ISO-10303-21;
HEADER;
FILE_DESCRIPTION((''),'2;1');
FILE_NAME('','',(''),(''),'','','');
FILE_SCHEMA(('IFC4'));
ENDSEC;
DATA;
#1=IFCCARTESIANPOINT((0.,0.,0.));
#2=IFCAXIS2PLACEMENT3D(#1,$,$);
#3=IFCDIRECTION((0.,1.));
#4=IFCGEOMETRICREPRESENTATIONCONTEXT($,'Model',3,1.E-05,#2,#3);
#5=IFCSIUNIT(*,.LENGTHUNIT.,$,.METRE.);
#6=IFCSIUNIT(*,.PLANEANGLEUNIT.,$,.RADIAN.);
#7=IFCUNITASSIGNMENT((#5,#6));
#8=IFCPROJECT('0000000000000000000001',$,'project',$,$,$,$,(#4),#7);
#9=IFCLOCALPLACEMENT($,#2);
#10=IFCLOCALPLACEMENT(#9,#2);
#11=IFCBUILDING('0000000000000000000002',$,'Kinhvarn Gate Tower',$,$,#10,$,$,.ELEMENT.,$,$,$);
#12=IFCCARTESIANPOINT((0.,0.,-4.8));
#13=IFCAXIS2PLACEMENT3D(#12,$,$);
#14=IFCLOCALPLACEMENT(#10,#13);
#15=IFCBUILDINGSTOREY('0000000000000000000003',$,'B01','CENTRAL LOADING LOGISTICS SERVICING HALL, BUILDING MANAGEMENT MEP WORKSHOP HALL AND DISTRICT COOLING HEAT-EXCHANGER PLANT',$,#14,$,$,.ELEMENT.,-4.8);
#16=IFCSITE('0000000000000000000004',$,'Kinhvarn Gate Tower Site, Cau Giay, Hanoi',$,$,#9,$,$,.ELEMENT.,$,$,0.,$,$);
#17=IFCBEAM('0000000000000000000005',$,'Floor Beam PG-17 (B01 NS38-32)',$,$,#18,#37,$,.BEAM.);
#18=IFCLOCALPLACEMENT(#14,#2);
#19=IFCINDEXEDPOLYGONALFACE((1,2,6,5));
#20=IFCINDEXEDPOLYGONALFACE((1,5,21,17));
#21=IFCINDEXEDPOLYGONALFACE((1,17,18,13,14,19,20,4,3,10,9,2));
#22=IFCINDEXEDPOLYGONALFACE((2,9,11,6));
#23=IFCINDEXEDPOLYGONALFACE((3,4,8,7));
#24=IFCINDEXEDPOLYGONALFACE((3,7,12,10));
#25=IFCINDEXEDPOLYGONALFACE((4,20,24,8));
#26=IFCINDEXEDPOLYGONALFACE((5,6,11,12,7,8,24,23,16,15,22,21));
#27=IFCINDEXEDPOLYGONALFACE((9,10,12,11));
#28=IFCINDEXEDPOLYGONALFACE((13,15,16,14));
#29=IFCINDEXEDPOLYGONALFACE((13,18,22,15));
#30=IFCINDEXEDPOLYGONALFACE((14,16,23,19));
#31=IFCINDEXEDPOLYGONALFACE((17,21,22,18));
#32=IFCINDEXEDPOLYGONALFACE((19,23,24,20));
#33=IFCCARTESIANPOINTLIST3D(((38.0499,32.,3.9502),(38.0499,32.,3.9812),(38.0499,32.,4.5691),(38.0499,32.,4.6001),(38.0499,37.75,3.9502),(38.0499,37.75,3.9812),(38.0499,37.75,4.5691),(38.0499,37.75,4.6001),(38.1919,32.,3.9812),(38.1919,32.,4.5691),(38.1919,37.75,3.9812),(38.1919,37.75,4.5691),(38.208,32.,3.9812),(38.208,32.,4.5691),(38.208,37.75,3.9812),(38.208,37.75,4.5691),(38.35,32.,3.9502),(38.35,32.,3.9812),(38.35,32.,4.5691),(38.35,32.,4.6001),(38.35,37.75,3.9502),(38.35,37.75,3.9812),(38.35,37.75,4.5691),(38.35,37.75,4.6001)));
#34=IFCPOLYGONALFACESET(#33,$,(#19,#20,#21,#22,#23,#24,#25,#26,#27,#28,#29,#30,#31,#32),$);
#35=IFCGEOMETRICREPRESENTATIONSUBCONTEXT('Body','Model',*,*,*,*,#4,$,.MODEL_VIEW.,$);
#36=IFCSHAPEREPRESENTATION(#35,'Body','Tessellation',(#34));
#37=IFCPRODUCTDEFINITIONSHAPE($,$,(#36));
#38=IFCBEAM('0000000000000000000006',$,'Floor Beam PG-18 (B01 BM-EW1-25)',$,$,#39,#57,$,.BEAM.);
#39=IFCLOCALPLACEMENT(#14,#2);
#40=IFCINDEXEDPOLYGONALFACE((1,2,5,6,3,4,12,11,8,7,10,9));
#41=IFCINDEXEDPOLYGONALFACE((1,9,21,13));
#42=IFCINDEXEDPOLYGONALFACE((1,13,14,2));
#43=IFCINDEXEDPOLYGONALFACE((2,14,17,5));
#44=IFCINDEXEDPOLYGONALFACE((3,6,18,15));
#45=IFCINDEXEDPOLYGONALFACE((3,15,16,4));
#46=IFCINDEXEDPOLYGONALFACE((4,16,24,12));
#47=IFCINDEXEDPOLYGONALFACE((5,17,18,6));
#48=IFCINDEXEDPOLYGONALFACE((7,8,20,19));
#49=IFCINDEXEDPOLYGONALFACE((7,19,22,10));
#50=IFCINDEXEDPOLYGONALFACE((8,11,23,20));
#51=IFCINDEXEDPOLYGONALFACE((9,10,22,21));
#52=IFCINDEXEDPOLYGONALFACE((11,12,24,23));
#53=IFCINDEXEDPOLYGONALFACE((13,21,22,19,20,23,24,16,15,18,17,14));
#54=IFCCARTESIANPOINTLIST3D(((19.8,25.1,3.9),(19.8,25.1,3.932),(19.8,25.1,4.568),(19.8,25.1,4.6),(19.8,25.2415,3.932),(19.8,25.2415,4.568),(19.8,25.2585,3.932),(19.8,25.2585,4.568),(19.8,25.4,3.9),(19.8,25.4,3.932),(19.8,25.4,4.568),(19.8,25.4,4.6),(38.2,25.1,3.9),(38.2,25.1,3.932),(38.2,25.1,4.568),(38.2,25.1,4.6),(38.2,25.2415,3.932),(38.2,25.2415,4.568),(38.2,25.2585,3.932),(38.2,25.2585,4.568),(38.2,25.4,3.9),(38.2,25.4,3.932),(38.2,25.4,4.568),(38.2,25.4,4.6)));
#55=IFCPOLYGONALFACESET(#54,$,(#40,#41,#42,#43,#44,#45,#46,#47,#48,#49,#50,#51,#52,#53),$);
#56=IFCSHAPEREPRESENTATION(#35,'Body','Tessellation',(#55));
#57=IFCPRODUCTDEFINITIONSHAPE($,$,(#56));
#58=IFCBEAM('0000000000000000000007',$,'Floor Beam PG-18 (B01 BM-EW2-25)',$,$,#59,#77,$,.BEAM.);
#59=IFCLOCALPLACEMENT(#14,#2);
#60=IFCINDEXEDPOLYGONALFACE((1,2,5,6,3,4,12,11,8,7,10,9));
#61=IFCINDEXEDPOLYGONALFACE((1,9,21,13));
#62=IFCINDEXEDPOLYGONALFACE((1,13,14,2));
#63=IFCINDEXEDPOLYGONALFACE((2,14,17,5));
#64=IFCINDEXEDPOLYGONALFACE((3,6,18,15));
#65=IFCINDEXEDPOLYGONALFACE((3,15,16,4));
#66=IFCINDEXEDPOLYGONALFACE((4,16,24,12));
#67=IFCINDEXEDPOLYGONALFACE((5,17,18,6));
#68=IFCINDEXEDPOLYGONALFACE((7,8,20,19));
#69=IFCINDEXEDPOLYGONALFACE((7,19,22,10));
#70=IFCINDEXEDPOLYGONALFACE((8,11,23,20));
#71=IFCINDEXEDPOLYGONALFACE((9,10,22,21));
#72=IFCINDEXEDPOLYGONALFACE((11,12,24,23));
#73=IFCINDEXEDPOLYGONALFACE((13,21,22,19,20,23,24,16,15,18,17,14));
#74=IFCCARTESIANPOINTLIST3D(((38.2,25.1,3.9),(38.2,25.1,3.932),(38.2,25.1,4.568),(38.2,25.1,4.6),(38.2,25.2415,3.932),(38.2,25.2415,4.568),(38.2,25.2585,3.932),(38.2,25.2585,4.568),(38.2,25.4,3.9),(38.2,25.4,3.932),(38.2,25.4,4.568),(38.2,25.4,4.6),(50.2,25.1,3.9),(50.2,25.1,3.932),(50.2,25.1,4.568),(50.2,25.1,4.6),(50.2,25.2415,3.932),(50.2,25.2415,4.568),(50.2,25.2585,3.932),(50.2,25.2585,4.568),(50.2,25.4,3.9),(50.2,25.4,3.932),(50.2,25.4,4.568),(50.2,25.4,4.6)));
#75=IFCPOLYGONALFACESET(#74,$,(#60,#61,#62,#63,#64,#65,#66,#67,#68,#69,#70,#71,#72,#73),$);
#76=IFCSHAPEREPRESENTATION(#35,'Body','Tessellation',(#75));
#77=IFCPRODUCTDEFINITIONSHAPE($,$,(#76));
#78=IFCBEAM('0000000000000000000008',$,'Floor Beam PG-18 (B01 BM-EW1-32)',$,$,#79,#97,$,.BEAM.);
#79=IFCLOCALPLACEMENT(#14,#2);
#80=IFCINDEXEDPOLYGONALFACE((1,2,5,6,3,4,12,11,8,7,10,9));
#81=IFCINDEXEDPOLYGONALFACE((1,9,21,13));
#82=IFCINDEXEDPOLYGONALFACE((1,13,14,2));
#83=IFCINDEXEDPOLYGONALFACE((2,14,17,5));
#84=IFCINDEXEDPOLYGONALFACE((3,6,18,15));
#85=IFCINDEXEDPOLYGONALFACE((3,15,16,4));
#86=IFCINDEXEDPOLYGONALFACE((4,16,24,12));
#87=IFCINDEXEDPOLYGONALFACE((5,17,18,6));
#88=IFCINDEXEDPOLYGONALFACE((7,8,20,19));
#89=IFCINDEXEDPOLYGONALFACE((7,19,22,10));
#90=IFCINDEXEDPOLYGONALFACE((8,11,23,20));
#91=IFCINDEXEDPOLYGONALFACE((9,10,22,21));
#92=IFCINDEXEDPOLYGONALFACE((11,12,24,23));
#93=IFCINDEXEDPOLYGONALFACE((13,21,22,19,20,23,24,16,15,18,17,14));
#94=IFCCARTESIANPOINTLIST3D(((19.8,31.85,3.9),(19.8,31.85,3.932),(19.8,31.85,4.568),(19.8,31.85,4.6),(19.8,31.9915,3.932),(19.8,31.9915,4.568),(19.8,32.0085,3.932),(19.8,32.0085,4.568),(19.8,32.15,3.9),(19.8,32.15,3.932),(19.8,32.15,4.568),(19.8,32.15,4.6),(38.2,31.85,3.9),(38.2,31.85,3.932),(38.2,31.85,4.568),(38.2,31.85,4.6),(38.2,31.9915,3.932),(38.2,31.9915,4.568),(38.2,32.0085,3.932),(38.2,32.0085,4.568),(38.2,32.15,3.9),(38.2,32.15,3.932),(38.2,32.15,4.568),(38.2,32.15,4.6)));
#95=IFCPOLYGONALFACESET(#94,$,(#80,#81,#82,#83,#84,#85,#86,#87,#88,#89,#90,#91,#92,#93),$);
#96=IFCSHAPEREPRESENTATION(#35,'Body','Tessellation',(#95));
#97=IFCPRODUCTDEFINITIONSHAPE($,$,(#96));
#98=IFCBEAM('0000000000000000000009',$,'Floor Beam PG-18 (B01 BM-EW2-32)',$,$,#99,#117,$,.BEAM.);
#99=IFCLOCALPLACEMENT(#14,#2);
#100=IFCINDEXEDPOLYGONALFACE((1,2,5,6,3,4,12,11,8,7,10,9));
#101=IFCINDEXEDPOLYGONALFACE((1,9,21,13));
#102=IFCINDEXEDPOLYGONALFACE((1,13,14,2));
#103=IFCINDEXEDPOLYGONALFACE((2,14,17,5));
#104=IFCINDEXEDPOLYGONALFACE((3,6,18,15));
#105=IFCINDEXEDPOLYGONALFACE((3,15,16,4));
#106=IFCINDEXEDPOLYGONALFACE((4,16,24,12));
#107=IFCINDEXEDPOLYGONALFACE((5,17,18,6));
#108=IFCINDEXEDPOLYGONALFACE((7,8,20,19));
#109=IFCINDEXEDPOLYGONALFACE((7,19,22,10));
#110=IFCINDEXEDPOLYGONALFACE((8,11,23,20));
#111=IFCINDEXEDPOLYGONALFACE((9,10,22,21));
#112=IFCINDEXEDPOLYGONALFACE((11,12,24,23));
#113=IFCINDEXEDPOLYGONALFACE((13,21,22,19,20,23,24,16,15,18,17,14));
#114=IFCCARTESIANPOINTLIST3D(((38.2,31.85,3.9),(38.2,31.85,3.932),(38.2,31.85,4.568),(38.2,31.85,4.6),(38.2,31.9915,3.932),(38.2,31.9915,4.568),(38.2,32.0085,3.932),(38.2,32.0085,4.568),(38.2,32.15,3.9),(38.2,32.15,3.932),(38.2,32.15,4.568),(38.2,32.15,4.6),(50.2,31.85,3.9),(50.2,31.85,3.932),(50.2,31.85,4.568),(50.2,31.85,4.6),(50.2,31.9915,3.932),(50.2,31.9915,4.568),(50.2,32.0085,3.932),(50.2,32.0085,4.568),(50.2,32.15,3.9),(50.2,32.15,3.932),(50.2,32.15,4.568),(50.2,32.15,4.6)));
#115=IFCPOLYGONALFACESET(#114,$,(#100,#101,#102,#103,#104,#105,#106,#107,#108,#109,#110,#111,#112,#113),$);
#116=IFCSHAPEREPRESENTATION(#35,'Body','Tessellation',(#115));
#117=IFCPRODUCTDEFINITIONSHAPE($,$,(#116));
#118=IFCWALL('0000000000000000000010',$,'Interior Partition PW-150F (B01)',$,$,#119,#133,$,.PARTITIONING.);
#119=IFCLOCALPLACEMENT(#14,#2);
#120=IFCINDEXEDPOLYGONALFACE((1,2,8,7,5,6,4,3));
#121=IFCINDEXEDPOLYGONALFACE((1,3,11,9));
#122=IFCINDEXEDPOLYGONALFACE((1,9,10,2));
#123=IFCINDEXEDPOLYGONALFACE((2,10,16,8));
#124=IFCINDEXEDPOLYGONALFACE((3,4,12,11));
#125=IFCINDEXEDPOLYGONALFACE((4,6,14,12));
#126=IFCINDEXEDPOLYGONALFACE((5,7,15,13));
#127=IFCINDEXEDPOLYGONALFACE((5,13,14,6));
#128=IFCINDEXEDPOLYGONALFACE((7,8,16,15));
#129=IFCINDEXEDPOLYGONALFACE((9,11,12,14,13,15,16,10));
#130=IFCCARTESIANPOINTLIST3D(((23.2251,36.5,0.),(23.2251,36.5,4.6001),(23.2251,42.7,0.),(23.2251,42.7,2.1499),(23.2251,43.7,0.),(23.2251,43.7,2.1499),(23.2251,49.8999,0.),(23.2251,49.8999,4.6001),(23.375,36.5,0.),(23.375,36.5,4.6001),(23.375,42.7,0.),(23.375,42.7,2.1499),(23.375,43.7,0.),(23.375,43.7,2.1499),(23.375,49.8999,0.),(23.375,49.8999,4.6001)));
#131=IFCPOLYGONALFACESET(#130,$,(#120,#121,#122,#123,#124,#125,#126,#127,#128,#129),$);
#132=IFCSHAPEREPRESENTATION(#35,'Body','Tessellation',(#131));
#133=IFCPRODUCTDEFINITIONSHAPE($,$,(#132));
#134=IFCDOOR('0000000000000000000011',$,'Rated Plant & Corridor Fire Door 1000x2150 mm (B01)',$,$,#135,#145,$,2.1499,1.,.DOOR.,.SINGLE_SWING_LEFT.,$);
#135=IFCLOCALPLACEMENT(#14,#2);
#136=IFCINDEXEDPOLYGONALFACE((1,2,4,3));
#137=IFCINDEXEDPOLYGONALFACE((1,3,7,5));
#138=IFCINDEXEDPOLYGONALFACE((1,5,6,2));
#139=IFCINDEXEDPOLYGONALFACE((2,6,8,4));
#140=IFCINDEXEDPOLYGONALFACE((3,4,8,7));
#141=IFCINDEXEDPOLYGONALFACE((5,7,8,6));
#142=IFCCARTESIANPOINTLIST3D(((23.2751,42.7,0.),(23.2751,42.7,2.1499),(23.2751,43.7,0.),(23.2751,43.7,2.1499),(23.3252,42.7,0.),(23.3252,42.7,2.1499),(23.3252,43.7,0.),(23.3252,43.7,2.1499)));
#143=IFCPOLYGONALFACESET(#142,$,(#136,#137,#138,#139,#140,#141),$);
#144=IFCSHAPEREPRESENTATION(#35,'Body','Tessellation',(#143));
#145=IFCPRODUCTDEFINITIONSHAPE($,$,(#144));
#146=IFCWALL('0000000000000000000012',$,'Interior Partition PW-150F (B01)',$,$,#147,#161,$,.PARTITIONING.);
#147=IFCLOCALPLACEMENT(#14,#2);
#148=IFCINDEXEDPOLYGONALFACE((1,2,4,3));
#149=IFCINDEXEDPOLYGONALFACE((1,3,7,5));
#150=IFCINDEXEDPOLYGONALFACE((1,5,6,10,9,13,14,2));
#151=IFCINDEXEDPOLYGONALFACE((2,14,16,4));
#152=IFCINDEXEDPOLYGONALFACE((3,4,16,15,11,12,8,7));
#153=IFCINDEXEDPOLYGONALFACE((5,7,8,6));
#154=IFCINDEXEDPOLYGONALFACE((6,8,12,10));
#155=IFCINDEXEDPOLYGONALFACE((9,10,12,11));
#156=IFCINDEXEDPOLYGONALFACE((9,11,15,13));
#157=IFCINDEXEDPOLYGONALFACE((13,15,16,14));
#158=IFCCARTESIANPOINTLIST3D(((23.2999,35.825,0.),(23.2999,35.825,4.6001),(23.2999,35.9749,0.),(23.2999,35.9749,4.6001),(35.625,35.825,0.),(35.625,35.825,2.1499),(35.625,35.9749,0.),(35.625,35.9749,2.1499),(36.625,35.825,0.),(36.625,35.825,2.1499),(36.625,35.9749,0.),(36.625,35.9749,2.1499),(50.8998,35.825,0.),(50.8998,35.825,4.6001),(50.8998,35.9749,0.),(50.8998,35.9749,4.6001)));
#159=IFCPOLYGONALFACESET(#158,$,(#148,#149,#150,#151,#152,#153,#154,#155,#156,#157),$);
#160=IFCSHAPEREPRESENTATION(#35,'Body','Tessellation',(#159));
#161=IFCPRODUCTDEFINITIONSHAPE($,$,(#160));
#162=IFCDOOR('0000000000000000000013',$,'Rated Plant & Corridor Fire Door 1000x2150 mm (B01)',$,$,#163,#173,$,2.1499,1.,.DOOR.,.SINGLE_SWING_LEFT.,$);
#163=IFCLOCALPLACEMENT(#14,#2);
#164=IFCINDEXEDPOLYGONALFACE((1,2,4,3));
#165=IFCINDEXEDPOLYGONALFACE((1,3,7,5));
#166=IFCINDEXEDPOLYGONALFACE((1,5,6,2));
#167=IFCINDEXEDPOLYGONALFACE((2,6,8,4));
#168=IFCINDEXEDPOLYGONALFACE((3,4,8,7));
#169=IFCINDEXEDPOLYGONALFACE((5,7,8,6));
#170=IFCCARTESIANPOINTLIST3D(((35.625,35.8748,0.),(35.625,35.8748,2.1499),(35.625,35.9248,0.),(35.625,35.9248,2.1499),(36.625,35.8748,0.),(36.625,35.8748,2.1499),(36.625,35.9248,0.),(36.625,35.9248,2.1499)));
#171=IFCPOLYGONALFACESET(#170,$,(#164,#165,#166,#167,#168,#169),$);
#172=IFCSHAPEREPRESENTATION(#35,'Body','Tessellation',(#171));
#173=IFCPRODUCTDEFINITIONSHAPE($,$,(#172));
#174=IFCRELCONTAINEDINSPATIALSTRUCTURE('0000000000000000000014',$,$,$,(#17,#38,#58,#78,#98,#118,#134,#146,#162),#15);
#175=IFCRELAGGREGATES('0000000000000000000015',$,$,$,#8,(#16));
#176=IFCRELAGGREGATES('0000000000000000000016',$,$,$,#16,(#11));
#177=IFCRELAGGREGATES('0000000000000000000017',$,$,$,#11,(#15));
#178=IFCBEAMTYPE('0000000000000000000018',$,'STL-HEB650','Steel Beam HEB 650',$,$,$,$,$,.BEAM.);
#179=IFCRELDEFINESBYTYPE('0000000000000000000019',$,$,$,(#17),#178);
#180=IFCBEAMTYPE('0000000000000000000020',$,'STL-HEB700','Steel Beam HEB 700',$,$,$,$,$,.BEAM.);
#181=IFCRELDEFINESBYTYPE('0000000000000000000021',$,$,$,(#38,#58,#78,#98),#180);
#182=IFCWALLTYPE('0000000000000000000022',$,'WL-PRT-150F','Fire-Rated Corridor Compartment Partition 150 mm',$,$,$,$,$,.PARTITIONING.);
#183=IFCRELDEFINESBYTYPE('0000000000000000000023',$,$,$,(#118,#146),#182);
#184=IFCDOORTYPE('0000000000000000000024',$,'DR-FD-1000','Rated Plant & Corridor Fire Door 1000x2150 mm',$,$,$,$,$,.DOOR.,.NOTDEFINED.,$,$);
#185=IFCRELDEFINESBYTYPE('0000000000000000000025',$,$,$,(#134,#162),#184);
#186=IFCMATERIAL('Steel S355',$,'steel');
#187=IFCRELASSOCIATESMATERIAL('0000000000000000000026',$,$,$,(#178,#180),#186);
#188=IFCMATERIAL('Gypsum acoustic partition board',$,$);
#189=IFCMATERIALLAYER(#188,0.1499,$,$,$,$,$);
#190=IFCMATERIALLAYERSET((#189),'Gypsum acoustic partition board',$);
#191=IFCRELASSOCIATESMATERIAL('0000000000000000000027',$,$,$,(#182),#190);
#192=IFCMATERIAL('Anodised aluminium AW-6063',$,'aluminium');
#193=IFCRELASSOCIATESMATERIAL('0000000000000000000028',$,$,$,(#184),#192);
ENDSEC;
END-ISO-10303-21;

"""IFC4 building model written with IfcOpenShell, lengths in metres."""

from ifc_helpers import new_model, si_unit, direction, frame, frame_2d, origin, origin_2d, place, context, subcontext, project, spatial, rectangle, i_section, extrude, material, layer, layer_set, material_profile, profile_set, type_object, element, fill, save


model = new_model("IFC4")

# Units and contexts
model_context = context("Model", 3, precision=1e-05, world=origin(), true_north=direction((0.0, 1.0)))
body_context = subcontext(model_context, "Body", "Model", "MODEL_VIEW")
ifc_project = project(units=[si_unit("LENGTHUNIT", "METRE"), si_unit("PLANEANGLEUNIT", "RADIAN")], contexts=[model_context])

# Site, building, storey
site_placement = place(None, origin())
site = spatial("IfcSite", under=ifc_project, at=site_placement, Name="Kinhvarn Gate Tower Site, Cau Giay, Hanoi", CompositionType="ELEMENT", RefElevation=0.0)
building_placement = place(site_placement, origin())
building = spatial("IfcBuilding", under=site, at=building_placement, Name="Kinhvarn Gate Tower", CompositionType="ELEMENT")
storey_placement = place(building_placement, frame((0.0, 0.0, -4.8)))
storey = spatial("IfcBuildingStorey", under=building, at=storey_placement, Name="B01", Description="CENTRAL LOADING LOGISTICS SERVICING HALL, BUILDING MANAGEMENT MEP WORKSHOP HALL AND DISTRICT COOLING HEAT-EXCHANGER PLANT", CompositionType="ELEMENT", Elevation=-4.8)

# Beams
ifc_material_1 = material(Name="Steel S355", Category="steel")
ifc_material_profile_1 = material_profile(ifc_material_1, i_section(OverallWidth=0.3, OverallDepth=0.6499, WebThickness=0.0161, FlangeThickness=0.031, at=origin_2d()), Name="HEB 650")
ifc_profile_set_1 = profile_set([ifc_material_profile_1], Name="Steel S355")
beam_type_1 = type_object("IfcBeamType", Name="STL-HEB650", Description="Steel Beam HEB 650", PredefinedType="BEAM", material=ifc_profile_set_1)
beam_1_placement = place(storey_placement, frame((38.2, 32.0, 4.2751), z_axis=(0.0, 1.0, 0.0), x_axis=(-1.0, 0.0, 0.0)))
element("IfcBeam", 1, at=beam_1_placement, inside=storey, type_object=beam_type_1, Name="Floor Beam PG-17 (B01 NS38-32)", PredefinedType="BEAM", context=body_context, shape_type="SweptSolid", body=[
    extrude(i_section(OverallWidth=0.3, OverallDepth=0.6499, WebThickness=0.0161, FlangeThickness=0.031, at=origin_2d()), origin(), (0.0, 0.0, 1.0), 5.75),
])
ifc_material_profile_2 = material_profile(ifc_material_1, i_section(OverallWidth=0.3, OverallDepth=0.7, WebThickness=0.0171, FlangeThickness=0.032, at=origin_2d()), Name="HEB 700")
ifc_profile_set_2 = profile_set([ifc_material_profile_2], Name="Steel S355")
beam_type_2 = type_object("IfcBeamType", Name="STL-HEB700", Description="Steel Beam HEB 700", PredefinedType="BEAM", material=ifc_profile_set_2)
beam_2_placement = place(storey_placement, frame((19.8, 25.25, 4.25), z_axis=(1.0, 0.0, 0.0), x_axis=(0.0, 1.0, 0.0)))
element("IfcBeam", 2, at=beam_2_placement, inside=storey, type_object=beam_type_2, Name="Floor Beam PG-18 (B01 BM-EW1-25)", PredefinedType="BEAM", context=body_context, shape_type="SweptSolid", body=[
    extrude(i_section(OverallWidth=0.3, OverallDepth=0.7, WebThickness=0.0171, FlangeThickness=0.032, at=origin_2d()), origin(), (0.0, 0.0, 1.0), 18.3999),
])
beam_3_placement = place(storey_placement, frame((38.2, 25.25, 4.25), z_axis=(1.0, 0.0, 0.0), x_axis=(0.0, 1.0, 0.0)))
element("IfcBeam", 3, at=beam_3_placement, inside=storey, type_object=beam_type_2, Name="Floor Beam PG-18 (B01 BM-EW2-25)", PredefinedType="BEAM", context=body_context, shape_type="SweptSolid", body=[
    extrude(i_section(OverallWidth=0.3, OverallDepth=0.7, WebThickness=0.0171, FlangeThickness=0.032, at=origin_2d()), origin(), (0.0, 0.0, 1.0), 12.0),
])
beam_4_placement = place(storey_placement, frame((19.8, 32.0, 4.25), z_axis=(1.0, 0.0, 0.0), x_axis=(0.0, 1.0, 0.0)))
element("IfcBeam", 4, at=beam_4_placement, inside=storey, type_object=beam_type_2, Name="Floor Beam PG-18 (B01 BM-EW1-32)", PredefinedType="BEAM", context=body_context, shape_type="SweptSolid", body=[
    extrude(i_section(OverallWidth=0.3, OverallDepth=0.7, WebThickness=0.0171, FlangeThickness=0.032, at=origin_2d()), origin(), (0.0, 0.0, 1.0), 18.3999),
])
beam_5_placement = place(storey_placement, frame((38.2, 32.0, 4.25), z_axis=(1.0, 0.0, 0.0), x_axis=(0.0, 1.0, 0.0)))
element("IfcBeam", 5, at=beam_5_placement, inside=storey, type_object=beam_type_2, Name="Floor Beam PG-18 (B01 BM-EW2-32)", PredefinedType="BEAM", context=body_context, shape_type="SweptSolid", body=[
    extrude(i_section(OverallWidth=0.3, OverallDepth=0.7, WebThickness=0.0171, FlangeThickness=0.032, at=origin_2d()), origin(), (0.0, 0.0, 1.0), 12.0),
])

# Walls, openings, doors
ifc_material_2 = material(Name="Gypsum acoustic partition board")
ifc_layer = layer(ifc_material_2, 0.1499)
ifc_layer_set = layer_set([ifc_layer], Name="Gypsum acoustic partition board")
wall_type = type_object("IfcWallType", Name="WL-PRT-150F", Description="Fire-Rated Corridor Compartment Partition 150 mm", PredefinedType="PARTITIONING", material=ifc_layer_set)
wall_1_placement = place(storey_placement, frame((23.3, 36.5, 0.0), z_axis=(0.0, 0.0, 1.0), x_axis=(0.0, 1.0, 0.0)))
wall_1 = element("IfcWall", 6, at=wall_1_placement, inside=storey, type_object=wall_type, Name="Interior Partition PW-150F (B01)", PredefinedType="PARTITIONING", context=body_context, shape_type="SweptSolid", body=[
    extrude(rectangle(XDim=13.3999, YDim=0.1499, at=frame_2d((6.7, 0.0))), origin(), (0.0, 0.0, 1.0), 4.6001),
])
opening_1_placement = place(wall_1_placement, frame((6.2, 0.0, 0.0)))
opening_1 = element("IfcOpeningElement", 7, at=opening_1_placement, cuts=wall_1, PredefinedType="OPENING", context=body_context, shape_type="SweptSolid", body=[
    extrude(rectangle(XDim=1.0, YDim=2.1499, at=frame_2d((0.5, 1.075))), frame((0.0, 0.085, 0.0), z_axis=(0.0, -1.0, 0.0), x_axis=(1.0, 0.0, 0.0)), (0.0, 0.0, 1.0), 0.1699),
])
ifc_material_3 = material(Name="Anodised aluminium AW-6063", Category="aluminium")
door_type = type_object("IfcDoorType", Name="DR-FD-1000", Description="Rated Plant & Corridor Fire Door 1000x2150 mm", OperationType="NOTDEFINED", PredefinedType="DOOR", material=ifc_material_3)
door_1_placement = place(opening_1_placement, origin())
door_1 = element("IfcDoor", 8, at=door_1_placement, inside=storey, type_object=door_type, Name="Rated Plant & Corridor Fire Door 1000x2150 mm (B01)", OperationType="SINGLE_SWING_LEFT", OverallHeight=2.1499, OverallWidth=1.0, PredefinedType="DOOR", context=body_context, shape_type="SweptSolid", body=[
    extrude(rectangle(XDim=1.0, YDim=2.1499, at=frame_2d((0.5, 1.075))), frame((0.0, 0.0249, 0.0), z_axis=(0.0, -1.0, 0.0), x_axis=(1.0, 0.0, 0.0)), (0.0, 0.0, 1.0), 0.05),
])
fill(opening_1, door_1)
wall_2_placement = place(storey_placement, frame((23.3, 35.8999, 0.0), z_axis=(0.0, 0.0, 1.0), x_axis=(1.0, 0.0, 0.0)))
wall_2 = element("IfcWall", 9, at=wall_2_placement, inside=storey, type_object=wall_type, Name="Interior Partition PW-150F (B01)", PredefinedType="PARTITIONING", context=body_context, shape_type="SweptSolid", body=[
    extrude(rectangle(XDim=27.5999, YDim=0.1499, at=frame_2d((13.7998, 0.0))), origin(), (0.0, 0.0, 1.0), 4.6001),
])
opening_2_placement = place(wall_2_placement, frame((12.325, 0.0, 0.0)))
opening_2 = element("IfcOpeningElement", 10, at=opening_2_placement, cuts=wall_2, PredefinedType="OPENING", context=body_context, shape_type="SweptSolid", body=[
    extrude(rectangle(XDim=1.0, YDim=2.1499, at=frame_2d((0.5, 1.075))), frame((0.0, 0.085, 0.0), z_axis=(0.0, -1.0, 0.0), x_axis=(1.0, 0.0, 0.0)), (0.0, 0.0, 1.0), 0.1699),
])
door_2_placement = place(opening_2_placement, origin())
door_2 = element("IfcDoor", 11, at=door_2_placement, inside=storey, type_object=door_type, Name="Rated Plant & Corridor Fire Door 1000x2150 mm (B01)", OperationType="SINGLE_SWING_LEFT", OverallHeight=2.1499, OverallWidth=1.0, PredefinedType="DOOR", context=body_context, shape_type="SweptSolid", body=[
    extrude(rectangle(XDim=1.0, YDim=2.1499, at=frame_2d((0.5, 1.075))), frame((0.0, 0.0249, 0.0), z_axis=(0.0, -1.0, 0.0), x_axis=(1.0, 0.0, 0.0)), (0.0, 0.0, 1.0), 0.05),
])
fill(opening_2, door_2)

save(model, "model.ifc")
